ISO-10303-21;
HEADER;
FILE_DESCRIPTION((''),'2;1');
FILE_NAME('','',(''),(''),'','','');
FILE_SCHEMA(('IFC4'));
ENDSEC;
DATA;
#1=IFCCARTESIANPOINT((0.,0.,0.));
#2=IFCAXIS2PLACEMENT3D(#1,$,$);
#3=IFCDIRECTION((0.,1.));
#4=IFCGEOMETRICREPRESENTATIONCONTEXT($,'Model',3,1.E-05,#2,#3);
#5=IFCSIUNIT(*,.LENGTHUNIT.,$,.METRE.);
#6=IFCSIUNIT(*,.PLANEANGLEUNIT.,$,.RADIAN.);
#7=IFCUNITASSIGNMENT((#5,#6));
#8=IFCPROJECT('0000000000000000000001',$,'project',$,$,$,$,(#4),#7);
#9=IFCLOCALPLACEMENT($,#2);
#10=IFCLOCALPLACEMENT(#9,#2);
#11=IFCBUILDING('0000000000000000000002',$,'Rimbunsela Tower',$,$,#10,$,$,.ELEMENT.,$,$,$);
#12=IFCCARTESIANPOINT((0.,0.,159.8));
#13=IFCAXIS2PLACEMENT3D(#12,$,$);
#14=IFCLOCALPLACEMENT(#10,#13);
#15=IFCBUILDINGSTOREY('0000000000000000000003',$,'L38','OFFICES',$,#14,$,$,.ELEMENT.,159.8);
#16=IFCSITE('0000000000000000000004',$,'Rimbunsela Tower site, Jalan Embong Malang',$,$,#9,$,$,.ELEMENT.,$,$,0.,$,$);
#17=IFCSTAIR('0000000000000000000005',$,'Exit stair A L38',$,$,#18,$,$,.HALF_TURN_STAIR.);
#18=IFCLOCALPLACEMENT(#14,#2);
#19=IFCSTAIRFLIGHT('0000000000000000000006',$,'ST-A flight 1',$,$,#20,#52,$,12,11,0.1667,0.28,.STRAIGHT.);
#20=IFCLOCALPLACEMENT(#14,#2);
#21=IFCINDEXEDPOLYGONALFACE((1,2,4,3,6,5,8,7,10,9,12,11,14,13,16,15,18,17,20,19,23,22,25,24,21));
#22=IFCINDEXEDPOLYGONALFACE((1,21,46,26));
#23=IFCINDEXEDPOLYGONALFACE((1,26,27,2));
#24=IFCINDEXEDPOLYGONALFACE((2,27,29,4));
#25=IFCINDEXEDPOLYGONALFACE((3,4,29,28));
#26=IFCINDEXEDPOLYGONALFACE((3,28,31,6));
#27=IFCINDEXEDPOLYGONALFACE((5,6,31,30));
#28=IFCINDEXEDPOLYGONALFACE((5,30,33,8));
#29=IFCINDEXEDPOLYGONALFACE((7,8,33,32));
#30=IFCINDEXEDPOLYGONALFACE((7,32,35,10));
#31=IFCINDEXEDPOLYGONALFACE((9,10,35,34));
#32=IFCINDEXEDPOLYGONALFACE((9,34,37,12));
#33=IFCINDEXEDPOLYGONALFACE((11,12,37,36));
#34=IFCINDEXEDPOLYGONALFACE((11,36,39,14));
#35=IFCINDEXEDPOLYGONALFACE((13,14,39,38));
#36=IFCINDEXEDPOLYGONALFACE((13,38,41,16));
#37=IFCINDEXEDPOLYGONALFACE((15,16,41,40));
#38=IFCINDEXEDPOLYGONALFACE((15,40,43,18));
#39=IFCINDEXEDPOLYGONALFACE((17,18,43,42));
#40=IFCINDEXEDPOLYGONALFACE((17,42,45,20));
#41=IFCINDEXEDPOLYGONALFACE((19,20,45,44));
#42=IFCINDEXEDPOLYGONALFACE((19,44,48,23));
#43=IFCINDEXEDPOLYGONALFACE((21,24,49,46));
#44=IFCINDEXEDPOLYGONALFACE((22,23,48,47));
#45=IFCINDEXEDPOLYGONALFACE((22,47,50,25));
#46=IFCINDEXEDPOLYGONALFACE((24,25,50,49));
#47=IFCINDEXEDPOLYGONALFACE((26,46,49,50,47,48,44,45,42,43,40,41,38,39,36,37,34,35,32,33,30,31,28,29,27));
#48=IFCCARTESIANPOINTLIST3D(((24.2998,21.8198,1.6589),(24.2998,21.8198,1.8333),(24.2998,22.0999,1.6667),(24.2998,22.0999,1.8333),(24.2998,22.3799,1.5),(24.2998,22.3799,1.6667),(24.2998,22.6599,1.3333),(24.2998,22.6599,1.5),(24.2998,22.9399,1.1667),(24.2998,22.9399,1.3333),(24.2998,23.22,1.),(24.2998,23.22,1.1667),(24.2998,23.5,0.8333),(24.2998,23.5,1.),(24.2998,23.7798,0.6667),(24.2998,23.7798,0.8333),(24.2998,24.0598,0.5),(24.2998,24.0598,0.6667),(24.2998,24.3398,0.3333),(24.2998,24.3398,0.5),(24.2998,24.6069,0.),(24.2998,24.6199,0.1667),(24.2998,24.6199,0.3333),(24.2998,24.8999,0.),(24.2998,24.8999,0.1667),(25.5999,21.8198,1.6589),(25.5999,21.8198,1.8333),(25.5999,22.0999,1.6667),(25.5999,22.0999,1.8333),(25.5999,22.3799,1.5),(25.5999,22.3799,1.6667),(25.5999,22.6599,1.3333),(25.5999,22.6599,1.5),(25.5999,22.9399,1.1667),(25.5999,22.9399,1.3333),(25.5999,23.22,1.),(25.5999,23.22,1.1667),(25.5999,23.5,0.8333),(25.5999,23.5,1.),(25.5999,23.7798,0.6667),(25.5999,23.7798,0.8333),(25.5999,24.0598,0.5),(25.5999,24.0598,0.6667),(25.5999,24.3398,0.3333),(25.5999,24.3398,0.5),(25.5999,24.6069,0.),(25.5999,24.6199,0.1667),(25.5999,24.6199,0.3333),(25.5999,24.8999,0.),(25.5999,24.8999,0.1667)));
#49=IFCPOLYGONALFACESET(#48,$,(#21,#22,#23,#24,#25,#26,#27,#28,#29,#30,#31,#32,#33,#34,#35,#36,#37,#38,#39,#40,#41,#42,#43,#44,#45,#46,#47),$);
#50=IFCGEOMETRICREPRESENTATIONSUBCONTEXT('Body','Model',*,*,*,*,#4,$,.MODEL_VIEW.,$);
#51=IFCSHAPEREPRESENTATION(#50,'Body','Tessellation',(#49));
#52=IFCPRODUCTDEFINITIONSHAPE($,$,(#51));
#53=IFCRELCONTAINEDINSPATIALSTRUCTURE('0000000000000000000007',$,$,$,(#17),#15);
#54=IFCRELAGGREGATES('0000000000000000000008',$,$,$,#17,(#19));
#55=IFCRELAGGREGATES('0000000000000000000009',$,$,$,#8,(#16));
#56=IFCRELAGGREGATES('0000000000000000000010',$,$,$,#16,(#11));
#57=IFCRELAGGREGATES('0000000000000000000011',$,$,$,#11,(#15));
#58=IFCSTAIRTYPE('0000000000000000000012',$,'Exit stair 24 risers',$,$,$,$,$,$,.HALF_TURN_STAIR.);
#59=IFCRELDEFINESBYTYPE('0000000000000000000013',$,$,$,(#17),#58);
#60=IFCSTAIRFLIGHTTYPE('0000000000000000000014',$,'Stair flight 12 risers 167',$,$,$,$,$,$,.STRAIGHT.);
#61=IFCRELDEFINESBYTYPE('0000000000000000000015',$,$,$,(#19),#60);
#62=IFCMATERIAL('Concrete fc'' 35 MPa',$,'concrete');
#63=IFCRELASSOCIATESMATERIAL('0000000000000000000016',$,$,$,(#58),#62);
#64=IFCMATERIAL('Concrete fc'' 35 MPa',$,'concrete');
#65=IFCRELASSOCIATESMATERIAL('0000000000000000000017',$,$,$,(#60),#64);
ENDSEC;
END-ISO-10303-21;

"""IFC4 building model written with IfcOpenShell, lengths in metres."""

from ifc_helpers import new_model, si_unit, direction, frame, origin, place, context, subcontext, project, spatial, polyline, outline, extrude, material, type_object, element, aggregate, save


model = new_model("IFC4")

# Units and contexts
model_context = context("Model", 3, precision=1e-05, world=origin(), true_north=direction((0.0, 1.0)))
body_context = subcontext(model_context, "Body", "Model", "MODEL_VIEW")
ifc_project = project(units=[si_unit("LENGTHUNIT", "METRE"), si_unit("PLANEANGLEUNIT", "RADIAN")], contexts=[model_context])

# Site, building, storey
site_placement = place(None, origin())
site = spatial("IfcSite", under=ifc_project, at=site_placement, Name="Rimbunsela Tower site, Jalan Embong Malang", CompositionType="ELEMENT", RefElevation=0.0)
building_placement = place(site_placement, origin())
building = spatial("IfcBuilding", under=site, at=building_placement, Name="Rimbunsela Tower", CompositionType="ELEMENT")
storey_placement = place(building_placement, frame((0.0, 0.0, 159.8)))
storey = spatial("IfcBuildingStorey", under=building, at=storey_placement, Name="L38", Description="OFFICES", CompositionType="ELEMENT", Elevation=159.8)

# Stair, stair flight
ifc_material_1 = material(Name="Concrete fc' 35 MPa", Category="concrete")
stair_type = type_object("IfcStairType", Name="Exit stair 24 risers", PredefinedType="HALF_TURN_STAIR", material=ifc_material_1)
stair_placement = place(storey_placement, origin())
stair = element("IfcStair", 1, at=stair_placement, inside=storey, type_object=stair_type, Name="Exit stair A L38", PredefinedType="HALF_TURN_STAIR")
ifc_material_2 = material(Name="Concrete fc' 35 MPa", Category="concrete")
stair_flight_type = type_object("IfcStairFlightType", Name="Stair flight 12 risers 167", PredefinedType="STRAIGHT", material=ifc_material_2)
stair_flight_placement = place(storey_placement, frame((24.95, 24.8999, 0.0), z_axis=(0.0, 0.0, 1.0), x_axis=(0.0, -1.0, 0.0)))
stair_flight = element("IfcStairFlight", 2, at=stair_flight_placement, type_object=stair_flight_type, Name="ST-A flight 1", NumberOfRisers=12, NumberOfTreads=11, PredefinedType="STRAIGHT", RiserHeight=0.1667, TreadLength=0.28, context=body_context, shape_type="SweptSolid", body=[
    extrude(outline(polyline([(0.0, 0.0), (0.0, 0.1667), (0.28, 0.1667), (0.28, 0.3333), (0.5601, 0.3333), (0.5601, 0.5), (0.8401, 0.5), (0.8401, 0.6667), (1.1201, 0.6667), (1.1201, 0.8333), (1.3999, 0.8333), (1.3999, 1.0), (1.6799, 1.0), (1.6799, 1.1667), (1.96, 1.1667), (1.96, 1.3333), (2.24, 1.3333), (2.24, 1.5), (2.52, 1.5), (2.52, 1.6667), (2.8, 1.6667), (2.8, 1.8333), (3.0801, 1.8333), (3.0801, 2.0), (3.0801, 1.6589), (0.293, 0.0), (0.0, 0.0)])), frame((0.0, 0.6499, 0.0), z_axis=(0.0, -1.0, 0.0), x_axis=(1.0, 0.0, 0.0)), (0.0, 0.0, 1.0), 1.3),
])
aggregate(stair, [stair_flight])

save(model, "model.ifc")
